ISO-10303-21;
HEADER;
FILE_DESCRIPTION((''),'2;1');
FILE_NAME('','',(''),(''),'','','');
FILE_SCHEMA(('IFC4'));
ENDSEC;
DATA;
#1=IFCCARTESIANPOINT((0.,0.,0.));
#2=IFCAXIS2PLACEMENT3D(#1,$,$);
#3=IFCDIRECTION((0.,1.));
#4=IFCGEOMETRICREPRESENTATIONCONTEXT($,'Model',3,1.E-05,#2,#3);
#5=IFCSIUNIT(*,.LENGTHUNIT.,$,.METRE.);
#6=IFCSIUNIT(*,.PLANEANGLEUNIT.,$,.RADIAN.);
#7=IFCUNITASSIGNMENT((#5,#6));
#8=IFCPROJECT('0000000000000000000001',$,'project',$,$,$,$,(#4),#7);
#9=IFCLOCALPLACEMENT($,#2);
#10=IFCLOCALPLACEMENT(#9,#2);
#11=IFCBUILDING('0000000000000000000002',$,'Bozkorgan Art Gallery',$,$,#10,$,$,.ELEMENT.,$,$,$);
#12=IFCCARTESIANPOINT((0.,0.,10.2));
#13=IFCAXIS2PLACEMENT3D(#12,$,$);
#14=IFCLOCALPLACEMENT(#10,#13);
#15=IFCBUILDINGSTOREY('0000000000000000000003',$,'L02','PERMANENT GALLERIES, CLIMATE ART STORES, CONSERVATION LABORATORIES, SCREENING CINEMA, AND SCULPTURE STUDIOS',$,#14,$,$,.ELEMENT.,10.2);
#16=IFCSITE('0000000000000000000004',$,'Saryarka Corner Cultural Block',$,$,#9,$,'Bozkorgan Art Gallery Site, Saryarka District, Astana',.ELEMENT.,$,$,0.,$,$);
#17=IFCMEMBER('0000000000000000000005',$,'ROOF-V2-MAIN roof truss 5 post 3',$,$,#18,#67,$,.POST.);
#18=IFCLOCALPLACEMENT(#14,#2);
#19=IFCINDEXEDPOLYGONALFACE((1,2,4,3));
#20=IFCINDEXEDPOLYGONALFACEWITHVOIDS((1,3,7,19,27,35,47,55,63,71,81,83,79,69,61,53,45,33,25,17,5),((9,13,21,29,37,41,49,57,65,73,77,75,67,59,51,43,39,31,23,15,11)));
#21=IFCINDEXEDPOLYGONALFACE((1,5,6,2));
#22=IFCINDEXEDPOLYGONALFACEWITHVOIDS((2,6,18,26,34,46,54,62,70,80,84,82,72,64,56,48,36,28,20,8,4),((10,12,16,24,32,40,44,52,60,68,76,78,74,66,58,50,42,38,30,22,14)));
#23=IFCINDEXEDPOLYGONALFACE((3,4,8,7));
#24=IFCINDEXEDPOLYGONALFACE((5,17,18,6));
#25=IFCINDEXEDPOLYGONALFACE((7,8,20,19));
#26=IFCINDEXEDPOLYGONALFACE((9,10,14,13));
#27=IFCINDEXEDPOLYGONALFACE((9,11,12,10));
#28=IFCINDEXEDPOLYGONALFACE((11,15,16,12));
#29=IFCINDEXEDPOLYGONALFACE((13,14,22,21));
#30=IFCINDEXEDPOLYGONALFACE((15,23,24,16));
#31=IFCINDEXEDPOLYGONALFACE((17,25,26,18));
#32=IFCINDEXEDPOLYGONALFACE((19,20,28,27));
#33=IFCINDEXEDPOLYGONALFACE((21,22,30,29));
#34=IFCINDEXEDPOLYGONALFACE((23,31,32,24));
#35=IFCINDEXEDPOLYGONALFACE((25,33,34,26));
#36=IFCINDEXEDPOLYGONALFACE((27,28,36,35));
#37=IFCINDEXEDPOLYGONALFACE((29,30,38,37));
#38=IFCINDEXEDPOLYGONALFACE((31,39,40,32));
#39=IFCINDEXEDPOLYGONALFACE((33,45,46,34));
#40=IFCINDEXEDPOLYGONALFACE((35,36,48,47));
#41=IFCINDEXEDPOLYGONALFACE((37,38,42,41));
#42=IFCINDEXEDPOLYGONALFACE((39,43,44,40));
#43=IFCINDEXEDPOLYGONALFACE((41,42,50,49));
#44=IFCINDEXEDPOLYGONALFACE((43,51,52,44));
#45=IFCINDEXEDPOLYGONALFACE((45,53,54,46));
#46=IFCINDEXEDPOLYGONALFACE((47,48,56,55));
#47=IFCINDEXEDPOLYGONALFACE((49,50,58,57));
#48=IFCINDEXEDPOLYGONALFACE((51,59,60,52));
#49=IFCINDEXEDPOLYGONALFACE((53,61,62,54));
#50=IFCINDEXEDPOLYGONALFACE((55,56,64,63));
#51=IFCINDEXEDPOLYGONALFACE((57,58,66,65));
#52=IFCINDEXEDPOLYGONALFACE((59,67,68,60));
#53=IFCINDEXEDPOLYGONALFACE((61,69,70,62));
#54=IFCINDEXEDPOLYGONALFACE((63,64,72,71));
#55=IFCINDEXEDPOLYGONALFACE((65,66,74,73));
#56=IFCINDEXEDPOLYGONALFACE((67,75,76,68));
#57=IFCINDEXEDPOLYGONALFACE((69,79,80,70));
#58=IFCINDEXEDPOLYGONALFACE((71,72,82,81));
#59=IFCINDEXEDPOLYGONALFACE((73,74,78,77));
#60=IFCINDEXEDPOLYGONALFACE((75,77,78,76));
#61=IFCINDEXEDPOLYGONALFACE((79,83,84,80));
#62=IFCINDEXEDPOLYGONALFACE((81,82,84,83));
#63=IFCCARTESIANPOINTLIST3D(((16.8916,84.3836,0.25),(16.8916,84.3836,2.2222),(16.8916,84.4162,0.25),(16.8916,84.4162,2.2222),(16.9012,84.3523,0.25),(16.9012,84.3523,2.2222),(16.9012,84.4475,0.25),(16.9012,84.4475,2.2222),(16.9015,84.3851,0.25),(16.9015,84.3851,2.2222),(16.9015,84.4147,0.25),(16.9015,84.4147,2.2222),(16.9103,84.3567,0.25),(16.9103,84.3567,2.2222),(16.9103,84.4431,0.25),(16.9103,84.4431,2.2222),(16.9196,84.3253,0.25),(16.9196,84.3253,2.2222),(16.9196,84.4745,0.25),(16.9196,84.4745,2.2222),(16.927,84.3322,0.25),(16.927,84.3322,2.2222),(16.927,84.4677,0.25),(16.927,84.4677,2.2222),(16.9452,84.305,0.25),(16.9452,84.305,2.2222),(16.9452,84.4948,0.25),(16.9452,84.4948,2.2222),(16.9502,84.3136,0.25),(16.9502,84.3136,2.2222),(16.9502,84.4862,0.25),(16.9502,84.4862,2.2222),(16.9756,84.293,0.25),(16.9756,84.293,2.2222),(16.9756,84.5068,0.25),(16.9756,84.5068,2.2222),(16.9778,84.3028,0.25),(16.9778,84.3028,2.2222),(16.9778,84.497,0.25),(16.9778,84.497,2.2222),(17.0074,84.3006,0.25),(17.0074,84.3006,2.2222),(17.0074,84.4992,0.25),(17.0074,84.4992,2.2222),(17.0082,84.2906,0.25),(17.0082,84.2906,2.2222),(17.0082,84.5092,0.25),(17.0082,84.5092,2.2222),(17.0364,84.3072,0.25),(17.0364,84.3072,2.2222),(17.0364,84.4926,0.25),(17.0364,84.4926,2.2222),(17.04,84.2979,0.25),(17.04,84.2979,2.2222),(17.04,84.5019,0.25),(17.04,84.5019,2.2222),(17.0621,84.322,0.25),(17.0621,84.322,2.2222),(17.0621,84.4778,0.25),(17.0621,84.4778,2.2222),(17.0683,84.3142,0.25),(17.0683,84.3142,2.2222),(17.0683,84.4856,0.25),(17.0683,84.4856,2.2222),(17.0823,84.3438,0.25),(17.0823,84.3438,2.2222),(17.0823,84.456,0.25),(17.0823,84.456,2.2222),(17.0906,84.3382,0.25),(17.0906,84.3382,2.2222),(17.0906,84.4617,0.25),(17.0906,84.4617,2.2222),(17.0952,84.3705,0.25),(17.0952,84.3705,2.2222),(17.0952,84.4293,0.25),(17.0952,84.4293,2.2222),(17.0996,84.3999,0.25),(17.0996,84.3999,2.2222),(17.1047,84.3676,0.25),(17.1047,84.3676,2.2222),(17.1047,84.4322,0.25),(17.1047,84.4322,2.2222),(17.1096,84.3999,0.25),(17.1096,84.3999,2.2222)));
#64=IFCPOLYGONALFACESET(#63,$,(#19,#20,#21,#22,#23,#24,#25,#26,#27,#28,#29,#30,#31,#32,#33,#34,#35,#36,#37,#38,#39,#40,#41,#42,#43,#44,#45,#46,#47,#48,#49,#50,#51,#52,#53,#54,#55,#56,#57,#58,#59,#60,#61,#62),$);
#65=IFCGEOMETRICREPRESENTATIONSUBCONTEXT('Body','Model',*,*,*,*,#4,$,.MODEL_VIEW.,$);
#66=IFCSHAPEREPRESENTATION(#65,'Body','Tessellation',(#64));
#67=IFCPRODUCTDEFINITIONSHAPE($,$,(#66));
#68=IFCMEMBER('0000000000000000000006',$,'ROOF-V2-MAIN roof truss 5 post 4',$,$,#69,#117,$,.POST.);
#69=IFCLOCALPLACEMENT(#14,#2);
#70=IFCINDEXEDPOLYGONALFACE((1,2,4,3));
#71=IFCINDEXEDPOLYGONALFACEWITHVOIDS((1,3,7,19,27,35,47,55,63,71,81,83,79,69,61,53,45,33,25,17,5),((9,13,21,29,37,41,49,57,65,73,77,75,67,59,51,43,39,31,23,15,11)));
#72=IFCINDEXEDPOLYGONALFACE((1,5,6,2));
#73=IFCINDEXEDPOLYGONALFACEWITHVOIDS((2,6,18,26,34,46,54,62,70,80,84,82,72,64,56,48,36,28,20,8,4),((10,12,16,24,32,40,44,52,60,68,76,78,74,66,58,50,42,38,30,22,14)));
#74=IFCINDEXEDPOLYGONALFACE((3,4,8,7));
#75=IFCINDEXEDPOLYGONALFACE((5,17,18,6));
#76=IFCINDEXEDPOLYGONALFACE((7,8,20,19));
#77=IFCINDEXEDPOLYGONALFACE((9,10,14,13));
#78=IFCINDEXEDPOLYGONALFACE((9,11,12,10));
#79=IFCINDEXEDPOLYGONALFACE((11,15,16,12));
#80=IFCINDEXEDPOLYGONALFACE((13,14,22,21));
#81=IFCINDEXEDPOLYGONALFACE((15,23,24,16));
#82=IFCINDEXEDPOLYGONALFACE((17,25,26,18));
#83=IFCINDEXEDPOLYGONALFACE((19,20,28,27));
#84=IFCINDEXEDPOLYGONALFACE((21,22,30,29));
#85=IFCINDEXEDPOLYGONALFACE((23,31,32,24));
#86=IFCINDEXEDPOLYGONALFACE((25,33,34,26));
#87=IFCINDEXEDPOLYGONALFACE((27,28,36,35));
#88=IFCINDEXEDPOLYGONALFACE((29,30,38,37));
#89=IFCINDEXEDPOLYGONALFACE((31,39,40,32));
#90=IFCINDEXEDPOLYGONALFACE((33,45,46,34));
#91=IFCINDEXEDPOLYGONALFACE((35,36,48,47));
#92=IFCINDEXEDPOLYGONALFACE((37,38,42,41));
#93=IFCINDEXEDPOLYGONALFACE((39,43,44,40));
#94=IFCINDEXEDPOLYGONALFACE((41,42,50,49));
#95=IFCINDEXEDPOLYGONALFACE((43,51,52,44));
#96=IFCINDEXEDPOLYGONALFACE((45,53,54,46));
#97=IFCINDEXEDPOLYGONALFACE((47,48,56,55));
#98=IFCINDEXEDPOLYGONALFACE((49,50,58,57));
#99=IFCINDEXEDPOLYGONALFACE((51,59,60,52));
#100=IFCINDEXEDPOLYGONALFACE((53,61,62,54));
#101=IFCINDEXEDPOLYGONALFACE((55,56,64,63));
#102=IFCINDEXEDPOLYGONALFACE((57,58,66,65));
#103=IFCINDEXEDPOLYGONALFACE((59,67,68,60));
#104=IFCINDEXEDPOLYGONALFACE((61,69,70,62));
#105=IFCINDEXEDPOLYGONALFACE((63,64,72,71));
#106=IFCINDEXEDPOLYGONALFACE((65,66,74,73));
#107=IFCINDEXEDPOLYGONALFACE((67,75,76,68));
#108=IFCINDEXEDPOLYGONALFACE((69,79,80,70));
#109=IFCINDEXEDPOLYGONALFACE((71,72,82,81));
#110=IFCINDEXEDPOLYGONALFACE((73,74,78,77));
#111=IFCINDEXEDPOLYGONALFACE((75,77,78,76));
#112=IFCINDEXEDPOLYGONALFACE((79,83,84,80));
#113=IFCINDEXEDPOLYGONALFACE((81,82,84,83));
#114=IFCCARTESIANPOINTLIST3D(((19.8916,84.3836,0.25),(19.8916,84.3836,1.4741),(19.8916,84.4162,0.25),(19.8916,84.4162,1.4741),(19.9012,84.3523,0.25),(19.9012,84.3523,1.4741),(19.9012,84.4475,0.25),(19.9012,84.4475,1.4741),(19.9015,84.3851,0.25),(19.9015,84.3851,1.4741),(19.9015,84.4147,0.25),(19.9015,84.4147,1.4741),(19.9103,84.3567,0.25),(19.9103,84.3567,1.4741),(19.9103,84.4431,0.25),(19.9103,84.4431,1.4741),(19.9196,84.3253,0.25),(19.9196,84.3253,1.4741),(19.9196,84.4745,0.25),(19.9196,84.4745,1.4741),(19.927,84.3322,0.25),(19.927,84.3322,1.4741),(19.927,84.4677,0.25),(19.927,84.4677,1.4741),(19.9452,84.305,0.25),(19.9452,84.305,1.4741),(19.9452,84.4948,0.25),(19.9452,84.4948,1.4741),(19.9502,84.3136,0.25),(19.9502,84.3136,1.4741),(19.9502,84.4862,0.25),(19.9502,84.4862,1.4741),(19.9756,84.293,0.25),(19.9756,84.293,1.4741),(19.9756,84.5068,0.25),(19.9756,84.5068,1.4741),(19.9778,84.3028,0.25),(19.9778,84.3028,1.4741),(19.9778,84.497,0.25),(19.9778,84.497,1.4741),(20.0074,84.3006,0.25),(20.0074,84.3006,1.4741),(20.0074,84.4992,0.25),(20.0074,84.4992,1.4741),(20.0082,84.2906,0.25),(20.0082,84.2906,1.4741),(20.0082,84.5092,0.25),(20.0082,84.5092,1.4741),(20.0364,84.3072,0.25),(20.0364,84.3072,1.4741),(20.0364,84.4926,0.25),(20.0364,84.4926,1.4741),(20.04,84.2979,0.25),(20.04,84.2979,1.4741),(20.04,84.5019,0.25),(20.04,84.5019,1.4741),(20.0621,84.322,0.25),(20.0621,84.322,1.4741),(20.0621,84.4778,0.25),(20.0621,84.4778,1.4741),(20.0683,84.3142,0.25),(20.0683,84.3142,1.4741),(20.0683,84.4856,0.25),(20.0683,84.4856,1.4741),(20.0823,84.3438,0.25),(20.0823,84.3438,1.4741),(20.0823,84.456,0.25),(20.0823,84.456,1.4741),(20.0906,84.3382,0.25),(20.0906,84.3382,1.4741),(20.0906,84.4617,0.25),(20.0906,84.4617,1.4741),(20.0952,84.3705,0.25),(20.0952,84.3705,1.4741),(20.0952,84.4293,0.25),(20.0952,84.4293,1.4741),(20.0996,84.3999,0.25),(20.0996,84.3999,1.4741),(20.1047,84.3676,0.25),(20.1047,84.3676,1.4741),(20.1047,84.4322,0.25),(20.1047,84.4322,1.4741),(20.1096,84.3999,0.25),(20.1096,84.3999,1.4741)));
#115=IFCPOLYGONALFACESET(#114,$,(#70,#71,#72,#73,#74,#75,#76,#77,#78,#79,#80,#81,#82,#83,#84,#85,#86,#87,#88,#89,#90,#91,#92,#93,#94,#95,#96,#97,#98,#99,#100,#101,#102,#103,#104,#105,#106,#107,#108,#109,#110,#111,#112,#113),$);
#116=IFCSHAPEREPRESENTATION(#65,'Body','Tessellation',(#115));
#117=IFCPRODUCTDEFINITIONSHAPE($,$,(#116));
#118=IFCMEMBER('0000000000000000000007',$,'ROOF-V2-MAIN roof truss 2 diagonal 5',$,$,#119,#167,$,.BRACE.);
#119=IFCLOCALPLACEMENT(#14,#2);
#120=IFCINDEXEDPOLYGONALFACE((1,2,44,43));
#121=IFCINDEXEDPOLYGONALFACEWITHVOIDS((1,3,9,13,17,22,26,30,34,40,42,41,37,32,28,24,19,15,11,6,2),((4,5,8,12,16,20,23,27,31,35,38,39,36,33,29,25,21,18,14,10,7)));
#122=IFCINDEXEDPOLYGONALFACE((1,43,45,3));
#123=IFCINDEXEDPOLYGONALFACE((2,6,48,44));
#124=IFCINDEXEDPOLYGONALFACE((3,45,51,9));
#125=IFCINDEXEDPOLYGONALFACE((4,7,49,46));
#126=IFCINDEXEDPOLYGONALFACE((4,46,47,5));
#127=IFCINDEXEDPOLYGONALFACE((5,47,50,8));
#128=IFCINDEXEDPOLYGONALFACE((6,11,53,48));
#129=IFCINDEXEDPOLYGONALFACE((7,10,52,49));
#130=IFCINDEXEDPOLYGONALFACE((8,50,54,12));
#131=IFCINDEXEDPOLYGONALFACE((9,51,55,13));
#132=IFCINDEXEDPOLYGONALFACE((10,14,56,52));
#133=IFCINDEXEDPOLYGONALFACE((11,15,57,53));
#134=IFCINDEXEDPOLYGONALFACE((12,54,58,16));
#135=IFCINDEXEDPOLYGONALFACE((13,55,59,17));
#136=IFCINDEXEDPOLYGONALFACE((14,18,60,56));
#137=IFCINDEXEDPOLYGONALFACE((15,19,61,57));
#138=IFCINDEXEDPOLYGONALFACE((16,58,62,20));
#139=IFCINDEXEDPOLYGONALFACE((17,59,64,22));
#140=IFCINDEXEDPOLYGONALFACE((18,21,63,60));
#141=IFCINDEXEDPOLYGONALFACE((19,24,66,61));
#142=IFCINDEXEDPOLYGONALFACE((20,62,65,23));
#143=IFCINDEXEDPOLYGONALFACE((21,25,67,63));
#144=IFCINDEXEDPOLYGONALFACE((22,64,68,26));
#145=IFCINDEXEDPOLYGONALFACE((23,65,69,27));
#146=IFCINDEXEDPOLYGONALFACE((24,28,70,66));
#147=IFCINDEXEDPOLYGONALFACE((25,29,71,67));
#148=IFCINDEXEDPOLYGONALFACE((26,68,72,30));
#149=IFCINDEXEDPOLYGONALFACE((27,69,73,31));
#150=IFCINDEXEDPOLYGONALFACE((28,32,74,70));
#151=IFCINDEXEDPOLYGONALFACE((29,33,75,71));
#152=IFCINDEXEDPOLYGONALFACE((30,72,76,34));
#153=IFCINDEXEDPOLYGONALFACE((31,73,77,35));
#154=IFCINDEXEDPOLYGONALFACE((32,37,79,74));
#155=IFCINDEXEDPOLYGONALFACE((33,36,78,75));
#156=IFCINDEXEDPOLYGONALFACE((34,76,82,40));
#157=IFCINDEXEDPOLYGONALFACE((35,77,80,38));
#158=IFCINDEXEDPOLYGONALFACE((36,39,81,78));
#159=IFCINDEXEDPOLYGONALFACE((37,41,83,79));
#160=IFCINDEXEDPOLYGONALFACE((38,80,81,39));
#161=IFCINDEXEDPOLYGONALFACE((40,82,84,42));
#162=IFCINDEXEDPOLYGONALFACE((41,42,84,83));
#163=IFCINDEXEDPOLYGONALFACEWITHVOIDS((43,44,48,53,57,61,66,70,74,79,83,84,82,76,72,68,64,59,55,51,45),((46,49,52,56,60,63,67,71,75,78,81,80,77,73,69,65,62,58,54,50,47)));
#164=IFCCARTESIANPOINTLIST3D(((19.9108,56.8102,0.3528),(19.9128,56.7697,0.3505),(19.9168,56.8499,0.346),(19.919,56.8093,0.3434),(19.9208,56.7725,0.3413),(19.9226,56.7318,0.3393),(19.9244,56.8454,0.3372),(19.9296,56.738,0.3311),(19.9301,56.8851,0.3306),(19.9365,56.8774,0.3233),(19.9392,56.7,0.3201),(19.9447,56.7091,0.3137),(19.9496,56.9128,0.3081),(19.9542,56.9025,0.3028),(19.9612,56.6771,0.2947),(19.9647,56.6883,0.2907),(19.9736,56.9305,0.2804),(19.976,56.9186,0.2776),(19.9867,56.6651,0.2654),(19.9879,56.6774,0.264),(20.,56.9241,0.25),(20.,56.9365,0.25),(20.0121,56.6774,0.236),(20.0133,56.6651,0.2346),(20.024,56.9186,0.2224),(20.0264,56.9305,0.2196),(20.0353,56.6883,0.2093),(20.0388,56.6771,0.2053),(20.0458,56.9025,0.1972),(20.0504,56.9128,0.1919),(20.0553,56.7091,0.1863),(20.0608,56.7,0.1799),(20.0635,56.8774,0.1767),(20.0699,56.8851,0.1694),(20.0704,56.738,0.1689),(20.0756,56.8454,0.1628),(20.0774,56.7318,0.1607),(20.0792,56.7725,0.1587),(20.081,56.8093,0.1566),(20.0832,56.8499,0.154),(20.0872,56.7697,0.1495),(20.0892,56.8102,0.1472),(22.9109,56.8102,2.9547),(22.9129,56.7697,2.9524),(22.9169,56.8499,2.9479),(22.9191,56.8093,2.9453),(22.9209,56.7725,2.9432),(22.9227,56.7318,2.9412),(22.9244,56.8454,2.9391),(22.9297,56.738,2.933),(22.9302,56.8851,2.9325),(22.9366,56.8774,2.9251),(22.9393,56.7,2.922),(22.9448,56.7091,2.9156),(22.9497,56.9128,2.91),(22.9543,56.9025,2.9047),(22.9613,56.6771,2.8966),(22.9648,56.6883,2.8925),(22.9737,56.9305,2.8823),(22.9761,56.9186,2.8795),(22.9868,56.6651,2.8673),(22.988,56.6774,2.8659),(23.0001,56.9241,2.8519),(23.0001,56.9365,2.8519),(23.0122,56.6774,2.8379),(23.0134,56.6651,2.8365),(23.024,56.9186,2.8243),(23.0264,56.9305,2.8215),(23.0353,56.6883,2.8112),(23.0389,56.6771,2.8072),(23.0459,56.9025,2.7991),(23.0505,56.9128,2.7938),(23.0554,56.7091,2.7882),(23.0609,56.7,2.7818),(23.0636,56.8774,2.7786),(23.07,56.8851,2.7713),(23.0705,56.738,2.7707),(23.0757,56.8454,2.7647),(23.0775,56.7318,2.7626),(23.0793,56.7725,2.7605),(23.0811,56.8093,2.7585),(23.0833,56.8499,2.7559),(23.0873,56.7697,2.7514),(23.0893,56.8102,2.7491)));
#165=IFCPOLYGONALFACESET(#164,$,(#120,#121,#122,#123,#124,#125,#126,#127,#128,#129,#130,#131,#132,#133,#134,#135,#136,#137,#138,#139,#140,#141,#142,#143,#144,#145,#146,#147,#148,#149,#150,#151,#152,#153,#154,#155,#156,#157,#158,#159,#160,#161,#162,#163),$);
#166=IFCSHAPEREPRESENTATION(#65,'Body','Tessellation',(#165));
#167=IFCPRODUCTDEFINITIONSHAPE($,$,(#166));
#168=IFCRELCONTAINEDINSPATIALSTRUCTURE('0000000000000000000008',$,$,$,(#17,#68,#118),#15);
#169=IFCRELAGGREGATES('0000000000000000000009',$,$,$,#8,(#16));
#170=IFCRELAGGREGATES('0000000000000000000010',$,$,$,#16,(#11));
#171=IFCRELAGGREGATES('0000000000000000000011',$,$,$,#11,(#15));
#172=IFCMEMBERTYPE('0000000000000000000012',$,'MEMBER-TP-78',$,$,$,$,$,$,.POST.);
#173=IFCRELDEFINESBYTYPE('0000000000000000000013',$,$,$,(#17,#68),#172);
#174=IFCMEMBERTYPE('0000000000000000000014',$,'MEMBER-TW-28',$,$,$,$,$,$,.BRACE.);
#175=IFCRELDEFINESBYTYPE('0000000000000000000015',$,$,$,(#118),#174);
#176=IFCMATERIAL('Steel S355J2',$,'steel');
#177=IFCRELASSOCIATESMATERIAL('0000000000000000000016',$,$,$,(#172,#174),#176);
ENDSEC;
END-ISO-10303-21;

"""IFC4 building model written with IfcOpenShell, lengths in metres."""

from ifc_helpers import new_model, si_unit, direction, frame, origin, origin_2d, place, context, subcontext, project, spatial, hollow_circle, extrude, material, material_profile, profile_set, type_object, element, save


model = new_model("IFC4")

# Units and contexts
model_context = context("Model", 3, precision=1e-05, world=origin(), true_north=direction((0.0, 1.0)))
body_context = subcontext(model_context, "Body", "Model", "MODEL_VIEW")
ifc_project = project(units=[si_unit("LENGTHUNIT", "METRE"), si_unit("PLANEANGLEUNIT", "RADIAN")], contexts=[model_context])

# Site, building, storey
site_placement = place(None, origin())
site = spatial("IfcSite", under=ifc_project, at=site_placement, Name="Saryarka Corner Cultural Block", LongName="Bozkorgan Art Gallery Site, Saryarka District, Astana", CompositionType="ELEMENT", RefElevation=0.0)
building_placement = place(site_placement, origin())
building = spatial("IfcBuilding", under=site, at=building_placement, Name="Bozkorgan Art Gallery", CompositionType="ELEMENT")
storey_placement = place(building_placement, frame((0.0, 0.0, 10.2)))
storey = spatial("IfcBuildingStorey", under=building, at=storey_placement, Name="L02", Description="PERMANENT GALLERIES, CLIMATE ART STORES, CONSERVATION LABORATORIES, SCREENING CINEMA, AND SCULPTURE STUDIOS", CompositionType="ELEMENT", Elevation=10.2)

# Members
ifc_material = material(Name="Steel S355J2", Category="steel")
ifc_material_profile_1 = material_profile(ifc_material, hollow_circle(Radius=0.1096, WallThickness=0.01, at=origin_2d()), Name="CHS 219.1x10")
ifc_profile_set_1 = profile_set([ifc_material_profile_1], Name="Steel S355J2")
member_type_1 = type_object("IfcMemberType", Name="MEMBER-TP-78", PredefinedType="POST", material=ifc_profile_set_1)
member_1_placement = place(storey_placement, frame((17.0, 84.3999, 0.25), z_axis=(0.0, 0.0, 1.0), x_axis=(1.0, 0.0, 0.0)))
element("IfcMember", 1, at=member_1_placement, inside=storey, type_object=member_type_1, Name="ROOF-V2-MAIN roof truss 5 post 3", PredefinedType="POST", context=body_context, shape_type="SweptSolid", body=[
    extrude(hollow_circle(Radius=0.1096, WallThickness=0.01, at=origin_2d()), origin(), (0.0, 0.0, 1.0), 1.9722),
])
member_2_placement = place(storey_placement, frame((20.0, 84.3999, 0.25), z_axis=(0.0, 0.0, 1.0), x_axis=(1.0, 0.0, 0.0)))
element("IfcMember", 2, at=member_2_placement, inside=storey, type_object=member_type_1, Name="ROOF-V2-MAIN roof truss 5 post 4", PredefinedType="POST", context=body_context, shape_type="SweptSolid", body=[
    extrude(hollow_circle(Radius=0.1096, WallThickness=0.01, at=origin_2d()), origin(), (0.0, 0.0, 1.0), 1.2241),
])
ifc_material_profile_2 = material_profile(ifc_material, hollow_circle(Radius=0.1365, WallThickness=0.0125, at=origin_2d()), Name="CHS 273x12.5")
ifc_profile_set_2 = profile_set([ifc_material_profile_2], Name="Steel S355J2")
member_type_2 = type_object("IfcMemberType", Name="MEMBER-TW-28", PredefinedType="BRACE", material=ifc_profile_set_2)
member_3_placement = place(storey_placement, frame((20.0, 56.8, 0.25), z_axis=(0.755464, 0.0, 0.65519), x_axis=(0.0, 1.0, 0.0)))
element("IfcMember", 3, at=member_3_placement, inside=storey, type_object=member_type_2, Name="ROOF-V2-MAIN roof truss 2 diagonal 5", PredefinedType="BRACE", context=body_context, shape_type="SweptSolid", body=[
    extrude(hollow_circle(Radius=0.1365, WallThickness=0.0125, at=origin_2d()), origin(), (0.0, 0.0, 1.0), 3.9712),
])

save(model, "model.ifc")
